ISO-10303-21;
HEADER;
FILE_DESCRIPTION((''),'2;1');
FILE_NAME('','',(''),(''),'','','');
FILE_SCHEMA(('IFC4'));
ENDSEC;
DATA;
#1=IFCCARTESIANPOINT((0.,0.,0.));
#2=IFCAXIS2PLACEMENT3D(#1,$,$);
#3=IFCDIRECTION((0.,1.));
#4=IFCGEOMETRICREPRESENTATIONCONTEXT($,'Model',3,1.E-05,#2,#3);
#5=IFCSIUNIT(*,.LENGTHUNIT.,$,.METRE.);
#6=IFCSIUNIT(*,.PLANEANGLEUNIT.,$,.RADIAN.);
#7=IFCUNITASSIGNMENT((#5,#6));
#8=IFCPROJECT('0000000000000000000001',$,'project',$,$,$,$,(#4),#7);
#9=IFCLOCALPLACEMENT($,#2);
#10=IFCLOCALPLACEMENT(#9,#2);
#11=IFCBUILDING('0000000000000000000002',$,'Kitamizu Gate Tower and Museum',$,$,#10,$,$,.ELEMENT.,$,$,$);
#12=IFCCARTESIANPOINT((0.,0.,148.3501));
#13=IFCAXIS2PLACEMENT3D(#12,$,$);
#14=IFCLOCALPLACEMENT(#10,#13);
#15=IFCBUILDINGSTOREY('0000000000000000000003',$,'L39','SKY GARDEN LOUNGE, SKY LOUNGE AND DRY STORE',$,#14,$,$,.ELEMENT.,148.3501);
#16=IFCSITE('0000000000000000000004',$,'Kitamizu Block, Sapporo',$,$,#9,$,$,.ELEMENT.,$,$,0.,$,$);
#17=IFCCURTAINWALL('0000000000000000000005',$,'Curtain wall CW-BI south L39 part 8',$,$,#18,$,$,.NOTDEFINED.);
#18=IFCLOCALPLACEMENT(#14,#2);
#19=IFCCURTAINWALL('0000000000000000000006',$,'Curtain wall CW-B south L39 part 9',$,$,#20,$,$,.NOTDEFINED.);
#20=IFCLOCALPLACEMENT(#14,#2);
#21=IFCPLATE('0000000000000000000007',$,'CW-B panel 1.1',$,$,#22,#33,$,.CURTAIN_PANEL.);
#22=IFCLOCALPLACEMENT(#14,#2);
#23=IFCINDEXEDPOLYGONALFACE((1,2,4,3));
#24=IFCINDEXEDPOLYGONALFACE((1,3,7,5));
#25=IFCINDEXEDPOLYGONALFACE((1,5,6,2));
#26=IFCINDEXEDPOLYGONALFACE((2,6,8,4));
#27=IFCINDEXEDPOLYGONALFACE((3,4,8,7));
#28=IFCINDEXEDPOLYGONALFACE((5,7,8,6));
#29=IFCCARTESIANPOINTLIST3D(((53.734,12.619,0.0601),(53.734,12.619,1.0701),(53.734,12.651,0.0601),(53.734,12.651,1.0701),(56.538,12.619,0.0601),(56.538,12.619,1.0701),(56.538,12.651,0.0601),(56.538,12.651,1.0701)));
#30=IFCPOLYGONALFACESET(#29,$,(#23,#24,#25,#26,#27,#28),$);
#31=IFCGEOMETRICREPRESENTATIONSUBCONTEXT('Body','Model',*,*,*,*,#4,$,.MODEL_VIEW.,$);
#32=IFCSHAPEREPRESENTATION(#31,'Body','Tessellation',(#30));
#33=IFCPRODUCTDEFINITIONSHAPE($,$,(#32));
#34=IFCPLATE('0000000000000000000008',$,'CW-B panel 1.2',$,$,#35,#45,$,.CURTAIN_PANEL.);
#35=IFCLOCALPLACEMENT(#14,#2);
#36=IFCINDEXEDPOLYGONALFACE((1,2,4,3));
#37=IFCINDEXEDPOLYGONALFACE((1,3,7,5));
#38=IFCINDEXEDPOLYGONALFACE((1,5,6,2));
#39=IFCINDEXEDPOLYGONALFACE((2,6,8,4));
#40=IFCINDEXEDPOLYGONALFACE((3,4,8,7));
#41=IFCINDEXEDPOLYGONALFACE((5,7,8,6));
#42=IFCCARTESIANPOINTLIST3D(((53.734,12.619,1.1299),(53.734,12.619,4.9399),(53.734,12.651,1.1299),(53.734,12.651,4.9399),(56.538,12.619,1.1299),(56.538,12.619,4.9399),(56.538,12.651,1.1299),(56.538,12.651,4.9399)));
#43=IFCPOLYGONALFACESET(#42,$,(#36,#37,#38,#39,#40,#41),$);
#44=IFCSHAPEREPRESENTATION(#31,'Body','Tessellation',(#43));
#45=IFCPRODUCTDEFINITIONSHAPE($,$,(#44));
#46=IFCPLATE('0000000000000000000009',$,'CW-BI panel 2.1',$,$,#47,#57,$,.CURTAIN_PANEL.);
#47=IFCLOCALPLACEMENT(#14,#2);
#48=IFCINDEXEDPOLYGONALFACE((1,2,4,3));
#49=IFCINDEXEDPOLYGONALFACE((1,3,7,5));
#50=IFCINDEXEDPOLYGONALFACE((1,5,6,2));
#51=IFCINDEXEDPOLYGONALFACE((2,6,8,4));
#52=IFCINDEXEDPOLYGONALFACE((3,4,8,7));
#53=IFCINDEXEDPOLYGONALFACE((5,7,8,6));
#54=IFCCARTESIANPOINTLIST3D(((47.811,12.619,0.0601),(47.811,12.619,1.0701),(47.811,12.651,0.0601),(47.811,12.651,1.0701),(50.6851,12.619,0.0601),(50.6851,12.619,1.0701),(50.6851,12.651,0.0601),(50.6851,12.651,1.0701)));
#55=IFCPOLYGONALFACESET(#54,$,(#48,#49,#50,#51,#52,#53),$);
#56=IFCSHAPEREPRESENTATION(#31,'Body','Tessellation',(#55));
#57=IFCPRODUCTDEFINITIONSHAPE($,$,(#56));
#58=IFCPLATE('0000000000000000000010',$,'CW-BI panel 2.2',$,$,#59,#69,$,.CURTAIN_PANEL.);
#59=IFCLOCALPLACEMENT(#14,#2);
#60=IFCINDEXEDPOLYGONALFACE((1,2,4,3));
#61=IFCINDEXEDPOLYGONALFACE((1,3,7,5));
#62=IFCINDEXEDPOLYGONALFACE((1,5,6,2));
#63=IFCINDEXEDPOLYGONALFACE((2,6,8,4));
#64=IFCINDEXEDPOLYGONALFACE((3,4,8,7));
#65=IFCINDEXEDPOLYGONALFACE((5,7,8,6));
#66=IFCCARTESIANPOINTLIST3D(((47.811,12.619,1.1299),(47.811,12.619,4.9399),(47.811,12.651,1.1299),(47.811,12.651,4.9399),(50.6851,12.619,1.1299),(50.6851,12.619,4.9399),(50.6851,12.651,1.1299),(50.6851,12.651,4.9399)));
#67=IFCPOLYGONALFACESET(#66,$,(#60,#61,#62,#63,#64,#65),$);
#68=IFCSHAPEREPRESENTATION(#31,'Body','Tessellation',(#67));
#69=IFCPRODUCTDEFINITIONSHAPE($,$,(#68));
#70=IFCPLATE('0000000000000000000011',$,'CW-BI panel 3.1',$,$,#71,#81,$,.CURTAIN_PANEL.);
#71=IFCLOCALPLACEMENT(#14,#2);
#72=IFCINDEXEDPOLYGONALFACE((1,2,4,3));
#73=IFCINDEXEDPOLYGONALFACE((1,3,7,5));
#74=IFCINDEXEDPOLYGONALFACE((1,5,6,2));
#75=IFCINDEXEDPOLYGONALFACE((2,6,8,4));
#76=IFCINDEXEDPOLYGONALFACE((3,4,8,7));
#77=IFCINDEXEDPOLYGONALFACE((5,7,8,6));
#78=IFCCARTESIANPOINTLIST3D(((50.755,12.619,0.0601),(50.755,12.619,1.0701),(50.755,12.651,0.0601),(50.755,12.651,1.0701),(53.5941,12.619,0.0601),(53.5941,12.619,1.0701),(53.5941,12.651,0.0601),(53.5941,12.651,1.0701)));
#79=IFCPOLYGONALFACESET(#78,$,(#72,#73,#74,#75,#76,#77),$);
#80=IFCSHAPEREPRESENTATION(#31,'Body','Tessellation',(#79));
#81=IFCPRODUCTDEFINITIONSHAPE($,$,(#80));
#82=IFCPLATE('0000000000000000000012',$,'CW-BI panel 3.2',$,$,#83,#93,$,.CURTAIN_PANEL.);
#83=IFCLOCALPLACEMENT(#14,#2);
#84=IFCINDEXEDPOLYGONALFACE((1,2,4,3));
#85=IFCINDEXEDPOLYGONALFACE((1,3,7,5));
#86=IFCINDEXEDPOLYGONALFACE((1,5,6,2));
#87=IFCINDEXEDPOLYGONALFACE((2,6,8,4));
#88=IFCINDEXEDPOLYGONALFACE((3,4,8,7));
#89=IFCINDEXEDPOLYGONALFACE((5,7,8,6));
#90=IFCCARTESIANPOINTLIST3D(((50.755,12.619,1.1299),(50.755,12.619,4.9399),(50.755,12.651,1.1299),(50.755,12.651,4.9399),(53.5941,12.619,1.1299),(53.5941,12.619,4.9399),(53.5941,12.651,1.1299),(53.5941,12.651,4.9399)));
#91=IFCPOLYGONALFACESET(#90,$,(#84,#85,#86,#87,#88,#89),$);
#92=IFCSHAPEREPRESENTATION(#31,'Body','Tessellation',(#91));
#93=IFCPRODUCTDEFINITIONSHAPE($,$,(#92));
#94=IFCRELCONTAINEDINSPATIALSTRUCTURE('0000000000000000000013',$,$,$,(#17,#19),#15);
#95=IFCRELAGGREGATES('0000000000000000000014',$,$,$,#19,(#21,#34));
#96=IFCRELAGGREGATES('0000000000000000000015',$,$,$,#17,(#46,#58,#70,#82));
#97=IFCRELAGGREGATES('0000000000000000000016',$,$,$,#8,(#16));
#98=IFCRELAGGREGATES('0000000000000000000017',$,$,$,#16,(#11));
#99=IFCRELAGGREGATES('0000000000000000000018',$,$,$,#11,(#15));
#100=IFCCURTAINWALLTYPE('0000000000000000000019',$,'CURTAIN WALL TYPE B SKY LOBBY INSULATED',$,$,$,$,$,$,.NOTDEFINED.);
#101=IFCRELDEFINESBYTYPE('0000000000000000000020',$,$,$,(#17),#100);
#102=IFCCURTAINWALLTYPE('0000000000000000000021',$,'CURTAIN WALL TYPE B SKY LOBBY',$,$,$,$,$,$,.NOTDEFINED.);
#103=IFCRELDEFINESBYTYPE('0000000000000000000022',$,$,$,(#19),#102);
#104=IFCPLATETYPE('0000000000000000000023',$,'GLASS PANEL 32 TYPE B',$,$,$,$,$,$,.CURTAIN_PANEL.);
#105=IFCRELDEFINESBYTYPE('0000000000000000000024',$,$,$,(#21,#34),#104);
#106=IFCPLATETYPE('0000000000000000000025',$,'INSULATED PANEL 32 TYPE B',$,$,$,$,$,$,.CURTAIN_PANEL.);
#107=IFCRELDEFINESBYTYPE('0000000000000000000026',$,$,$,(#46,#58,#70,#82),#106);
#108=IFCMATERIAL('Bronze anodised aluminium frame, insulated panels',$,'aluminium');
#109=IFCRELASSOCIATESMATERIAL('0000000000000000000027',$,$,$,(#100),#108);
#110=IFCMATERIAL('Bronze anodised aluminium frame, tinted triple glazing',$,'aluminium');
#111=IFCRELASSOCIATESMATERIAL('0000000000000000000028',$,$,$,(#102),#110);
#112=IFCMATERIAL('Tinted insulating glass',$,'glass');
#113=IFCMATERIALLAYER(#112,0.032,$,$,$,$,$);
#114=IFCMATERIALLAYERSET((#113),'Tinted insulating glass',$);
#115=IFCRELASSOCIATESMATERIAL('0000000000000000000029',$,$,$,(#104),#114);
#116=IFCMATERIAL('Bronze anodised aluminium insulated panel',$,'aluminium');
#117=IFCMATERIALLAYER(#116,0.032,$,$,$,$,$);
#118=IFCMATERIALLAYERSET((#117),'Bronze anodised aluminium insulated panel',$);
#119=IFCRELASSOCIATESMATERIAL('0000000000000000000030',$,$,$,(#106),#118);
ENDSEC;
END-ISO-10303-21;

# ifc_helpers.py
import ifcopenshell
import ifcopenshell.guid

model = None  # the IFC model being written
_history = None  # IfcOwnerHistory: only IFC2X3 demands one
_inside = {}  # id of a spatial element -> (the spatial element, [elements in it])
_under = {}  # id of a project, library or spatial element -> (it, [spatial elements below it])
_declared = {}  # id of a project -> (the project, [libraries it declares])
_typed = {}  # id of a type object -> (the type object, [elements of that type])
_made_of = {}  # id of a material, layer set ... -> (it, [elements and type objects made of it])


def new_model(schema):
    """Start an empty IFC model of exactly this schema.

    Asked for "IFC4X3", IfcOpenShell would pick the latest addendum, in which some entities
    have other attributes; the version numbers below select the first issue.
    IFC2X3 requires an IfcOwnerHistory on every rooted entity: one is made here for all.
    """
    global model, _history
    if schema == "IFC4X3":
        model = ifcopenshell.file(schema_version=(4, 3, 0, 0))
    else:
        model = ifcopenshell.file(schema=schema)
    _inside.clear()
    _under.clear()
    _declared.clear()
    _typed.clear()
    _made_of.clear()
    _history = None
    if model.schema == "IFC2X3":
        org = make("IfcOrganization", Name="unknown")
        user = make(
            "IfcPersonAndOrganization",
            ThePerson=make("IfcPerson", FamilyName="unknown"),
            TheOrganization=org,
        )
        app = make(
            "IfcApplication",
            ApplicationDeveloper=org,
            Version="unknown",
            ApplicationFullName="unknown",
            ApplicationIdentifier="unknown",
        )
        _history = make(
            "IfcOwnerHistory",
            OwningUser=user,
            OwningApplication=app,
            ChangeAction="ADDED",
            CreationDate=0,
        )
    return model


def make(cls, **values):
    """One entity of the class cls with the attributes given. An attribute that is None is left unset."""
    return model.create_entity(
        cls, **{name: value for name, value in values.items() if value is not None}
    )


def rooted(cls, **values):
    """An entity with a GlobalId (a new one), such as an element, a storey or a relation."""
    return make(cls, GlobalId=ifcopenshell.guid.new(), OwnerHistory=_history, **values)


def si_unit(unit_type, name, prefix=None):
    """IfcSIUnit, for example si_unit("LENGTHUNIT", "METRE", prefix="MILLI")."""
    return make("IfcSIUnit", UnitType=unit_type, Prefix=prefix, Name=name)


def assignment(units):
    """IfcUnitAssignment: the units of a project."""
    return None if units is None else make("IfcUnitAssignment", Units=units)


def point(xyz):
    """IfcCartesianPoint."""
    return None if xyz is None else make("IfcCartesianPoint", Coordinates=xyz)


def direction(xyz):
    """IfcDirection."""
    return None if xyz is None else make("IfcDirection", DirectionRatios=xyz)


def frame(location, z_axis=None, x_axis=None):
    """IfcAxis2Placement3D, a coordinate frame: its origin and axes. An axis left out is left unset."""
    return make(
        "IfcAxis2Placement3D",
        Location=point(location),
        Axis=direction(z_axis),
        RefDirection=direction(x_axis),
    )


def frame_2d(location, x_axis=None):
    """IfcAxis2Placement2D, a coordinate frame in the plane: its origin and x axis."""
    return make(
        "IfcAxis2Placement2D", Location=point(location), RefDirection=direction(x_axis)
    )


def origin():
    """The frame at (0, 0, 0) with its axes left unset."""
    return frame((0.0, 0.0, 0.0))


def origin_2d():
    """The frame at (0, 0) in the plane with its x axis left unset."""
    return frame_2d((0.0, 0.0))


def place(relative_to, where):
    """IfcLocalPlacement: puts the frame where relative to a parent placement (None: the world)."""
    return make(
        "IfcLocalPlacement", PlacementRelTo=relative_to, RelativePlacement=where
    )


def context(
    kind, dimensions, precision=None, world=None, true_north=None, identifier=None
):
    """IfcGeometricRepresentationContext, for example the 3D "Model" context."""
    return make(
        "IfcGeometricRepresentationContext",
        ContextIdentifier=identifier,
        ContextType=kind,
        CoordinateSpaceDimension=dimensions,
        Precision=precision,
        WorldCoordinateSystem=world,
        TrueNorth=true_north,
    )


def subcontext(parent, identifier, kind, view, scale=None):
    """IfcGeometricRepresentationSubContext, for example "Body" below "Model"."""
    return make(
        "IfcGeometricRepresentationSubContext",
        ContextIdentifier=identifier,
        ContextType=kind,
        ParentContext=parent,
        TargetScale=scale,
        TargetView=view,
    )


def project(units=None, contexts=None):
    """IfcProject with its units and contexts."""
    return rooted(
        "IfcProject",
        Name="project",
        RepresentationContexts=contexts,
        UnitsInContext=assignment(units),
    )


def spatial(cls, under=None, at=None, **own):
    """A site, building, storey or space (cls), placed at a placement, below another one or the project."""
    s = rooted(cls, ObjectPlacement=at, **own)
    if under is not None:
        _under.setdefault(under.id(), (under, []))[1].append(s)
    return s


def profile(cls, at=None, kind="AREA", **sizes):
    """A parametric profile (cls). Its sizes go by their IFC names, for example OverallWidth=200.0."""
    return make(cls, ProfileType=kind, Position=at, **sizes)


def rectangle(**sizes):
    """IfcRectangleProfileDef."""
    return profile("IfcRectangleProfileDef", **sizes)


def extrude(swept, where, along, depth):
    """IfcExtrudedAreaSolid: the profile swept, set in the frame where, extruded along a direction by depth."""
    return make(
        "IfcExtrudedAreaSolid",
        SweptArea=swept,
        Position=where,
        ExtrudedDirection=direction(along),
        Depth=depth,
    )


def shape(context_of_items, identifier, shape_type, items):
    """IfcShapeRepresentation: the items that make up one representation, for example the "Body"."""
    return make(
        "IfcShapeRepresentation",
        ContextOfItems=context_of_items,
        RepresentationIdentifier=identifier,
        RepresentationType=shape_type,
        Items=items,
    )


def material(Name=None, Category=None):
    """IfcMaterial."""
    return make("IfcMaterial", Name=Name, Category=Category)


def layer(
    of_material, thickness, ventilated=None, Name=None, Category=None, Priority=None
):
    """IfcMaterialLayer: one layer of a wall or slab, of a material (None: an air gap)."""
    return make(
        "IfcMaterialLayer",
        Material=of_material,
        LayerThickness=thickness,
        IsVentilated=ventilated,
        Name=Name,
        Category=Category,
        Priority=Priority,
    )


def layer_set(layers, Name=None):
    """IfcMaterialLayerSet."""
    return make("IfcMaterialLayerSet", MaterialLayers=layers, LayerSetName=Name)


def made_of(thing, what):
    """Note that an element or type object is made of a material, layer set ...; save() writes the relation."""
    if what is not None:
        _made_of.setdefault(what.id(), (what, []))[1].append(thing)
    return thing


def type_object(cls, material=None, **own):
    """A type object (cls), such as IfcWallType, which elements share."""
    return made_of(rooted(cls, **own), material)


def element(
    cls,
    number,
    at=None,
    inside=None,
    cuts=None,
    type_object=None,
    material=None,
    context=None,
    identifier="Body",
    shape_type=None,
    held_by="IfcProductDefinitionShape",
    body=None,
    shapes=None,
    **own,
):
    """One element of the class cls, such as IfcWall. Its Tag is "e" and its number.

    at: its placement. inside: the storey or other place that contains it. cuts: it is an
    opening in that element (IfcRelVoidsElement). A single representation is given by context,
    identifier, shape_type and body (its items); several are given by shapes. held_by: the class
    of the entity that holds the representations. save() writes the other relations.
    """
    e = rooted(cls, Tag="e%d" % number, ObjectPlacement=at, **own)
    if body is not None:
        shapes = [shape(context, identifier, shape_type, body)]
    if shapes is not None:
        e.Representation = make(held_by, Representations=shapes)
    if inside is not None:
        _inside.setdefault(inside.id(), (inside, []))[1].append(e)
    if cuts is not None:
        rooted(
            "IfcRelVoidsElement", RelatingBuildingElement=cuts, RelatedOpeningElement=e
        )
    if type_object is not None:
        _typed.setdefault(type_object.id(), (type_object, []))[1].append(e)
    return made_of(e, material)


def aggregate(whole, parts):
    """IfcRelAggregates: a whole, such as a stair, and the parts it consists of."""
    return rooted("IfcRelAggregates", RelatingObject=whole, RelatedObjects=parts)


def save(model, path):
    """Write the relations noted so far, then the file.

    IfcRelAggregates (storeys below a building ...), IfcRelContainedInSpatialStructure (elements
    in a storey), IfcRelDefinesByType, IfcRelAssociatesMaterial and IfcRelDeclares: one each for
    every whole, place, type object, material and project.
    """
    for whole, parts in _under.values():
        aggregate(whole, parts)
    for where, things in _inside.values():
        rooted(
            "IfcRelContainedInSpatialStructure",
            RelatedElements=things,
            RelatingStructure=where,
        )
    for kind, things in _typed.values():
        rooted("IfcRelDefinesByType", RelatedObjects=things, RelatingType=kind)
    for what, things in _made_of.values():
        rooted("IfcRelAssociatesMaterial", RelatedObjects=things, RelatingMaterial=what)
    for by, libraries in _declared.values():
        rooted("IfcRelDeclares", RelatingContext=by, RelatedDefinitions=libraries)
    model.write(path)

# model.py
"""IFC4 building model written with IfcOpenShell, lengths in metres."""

from ifc_helpers import new_model, si_unit, direction, frame, origin, origin_2d, place, context, subcontext, project, spatial, rectangle, extrude, material, layer, layer_set, type_object, element, aggregate, save


model = new_model("IFC4")

# Units and contexts
model_context = context("Model", 3, precision=1e-05, world=origin(), true_north=direction((0.0, 1.0)))
body_context = subcontext(model_context, "Body", "Model", "MODEL_VIEW")
ifc_project = project(units=[si_unit("LENGTHUNIT", "METRE"), si_unit("PLANEANGLEUNIT", "RADIAN")], contexts=[model_context])

# Site, building, storey
site_placement = place(None, origin())
site = spatial("IfcSite", under=ifc_project, at=site_placement, Name="Kitamizu Block, Sapporo", CompositionType="ELEMENT", RefElevation=0.0)
building_placement = place(site_placement, origin())
building = spatial("IfcBuilding", under=site, at=building_placement, Name="Kitamizu Gate Tower and Museum", CompositionType="ELEMENT")
storey_placement = place(building_placement, frame((0.0, 0.0, 148.3501)))
storey = spatial("IfcBuildingStorey", under=building, at=storey_placement, Name="L39", Description="SKY GARDEN LOUNGE, SKY LOUNGE AND DRY STORE", CompositionType="ELEMENT", Elevation=148.3501)

# Curtain walls
ifc_material_1 = material(Name="Bronze anodised aluminium frame, insulated panels", Category="aluminium")
curtain_wall_type_1 = type_object("IfcCurtainWallType", Name="CURTAIN WALL TYPE B SKY LOBBY INSULATED", PredefinedType="NOTDEFINED", material=ifc_material_1)
curtain_wall_1_placement = place(storey_placement, origin())
curtain_wall_1 = element("IfcCurtainWall", 1, at=curtain_wall_1_placement, inside=storey, type_object=curtain_wall_type_1, Name="Curtain wall CW-BI south L39 part 8", PredefinedType="NOTDEFINED")
ifc_material_2 = material(Name="Bronze anodised aluminium frame, tinted triple glazing", Category="aluminium")
curtain_wall_type_2 = type_object("IfcCurtainWallType", Name="CURTAIN WALL TYPE B SKY LOBBY", PredefinedType="NOTDEFINED", material=ifc_material_2)
curtain_wall_2_placement = place(storey_placement, origin())
curtain_wall_2 = element("IfcCurtainWall", 2, at=curtain_wall_2_placement, inside=storey, type_object=curtain_wall_type_2, Name="Curtain wall CW-B south L39 part 9", PredefinedType="NOTDEFINED")

# Plates
ifc_material_3 = material(Name="Tinted insulating glass", Category="glass")
ifc_layer_1 = layer(ifc_material_3, 0.032)
ifc_layer_set_1 = layer_set([ifc_layer_1], Name="Tinted insulating glass")
plate_type_1 = type_object("IfcPlateType", Name="GLASS PANEL 32 TYPE B", PredefinedType="CURTAIN_PANEL", material=ifc_layer_set_1)
plate_1_placement = place(storey_placement, frame((55.136, 12.635, 0.0601), z_axis=(0.0, 0.0, 1.0), x_axis=(1.0, 0.0, 0.0)))
plate_1 = element("IfcPlate", 3, at=plate_1_placement, type_object=plate_type_1, Name="CW-B panel 1.1", PredefinedType="CURTAIN_PANEL", context=body_context, shape_type="SweptSolid", body=[
    extrude(rectangle(XDim=2.804, YDim=0.032, at=origin_2d()), origin(), (0.0, 0.0, 1.0), 1.01),
])
plate_2_placement = place(storey_placement, frame((55.136, 12.635, 1.1299), z_axis=(0.0, 0.0, 1.0), x_axis=(1.0, 0.0, 0.0)))
plate_2 = element("IfcPlate", 4, at=plate_2_placement, type_object=plate_type_1, Name="CW-B panel 1.2", PredefinedType="CURTAIN_PANEL", context=body_context, shape_type="SweptSolid", body=[
    extrude(rectangle(XDim=2.804, YDim=0.032, at=origin_2d()), origin(), (0.0, 0.0, 1.0), 3.8101),
])
aggregate(curtain_wall_2, [plate_1, plate_2])
ifc_material_4 = material(Name="Bronze anodised aluminium insulated panel", Category="aluminium")
ifc_layer_2 = layer(ifc_material_4, 0.032)
ifc_layer_set_2 = layer_set([ifc_layer_2], Name="Bronze anodised aluminium insulated panel")
plate_type_2 = type_object("IfcPlateType", Name="INSULATED PANEL 32 TYPE B", PredefinedType="CURTAIN_PANEL", material=ifc_layer_set_2)
plate_3_placement = place(storey_placement, frame((49.248, 12.635, 0.0601), z_axis=(0.0, 0.0, 1.0), x_axis=(1.0, 0.0, 0.0)))
plate_3 = element("IfcPlate", 5, at=plate_3_placement, type_object=plate_type_2, Name="CW-BI panel 2.1", PredefinedType="CURTAIN_PANEL", context=body_context, shape_type="SweptSolid", body=[
    extrude(rectangle(XDim=2.874, YDim=0.032, at=origin_2d()), origin(), (0.0, 0.0, 1.0), 1.01),
])
plate_4_placement = place(storey_placement, frame((49.248, 12.635, 1.1299), z_axis=(0.0, 0.0, 1.0), x_axis=(1.0, 0.0, 0.0)))
plate_4 = element("IfcPlate", 6, at=plate_4_placement, type_object=plate_type_2, Name="CW-BI panel 2.2", PredefinedType="CURTAIN_PANEL", context=body_context, shape_type="SweptSolid", body=[
    extrude(rectangle(XDim=2.874, YDim=0.032, at=origin_2d()), origin(), (0.0, 0.0, 1.0), 3.8101),
])
plate_5_placement = place(storey_placement, frame((52.1746, 12.635, 0.0601), z_axis=(0.0, 0.0, 1.0), x_axis=(1.0, 0.0, 0.0)))
plate_5 = element("IfcPlate", 7, at=plate_5_placement, type_object=plate_type_2, Name="CW-BI panel 3.1", PredefinedType="CURTAIN_PANEL", context=body_context, shape_type="SweptSolid", body=[
    extrude(rectangle(XDim=2.8391, YDim=0.032, at=origin_2d()), origin(), (0.0, 0.0, 1.0), 1.01),
])
plate_6_placement = place(storey_placement, frame((52.1746, 12.635, 1.1299), z_axis=(0.0, 0.0, 1.0), x_axis=(1.0, 0.0, 0.0)))
plate_6 = element("IfcPlate", 8, at=plate_6_placement, type_object=plate_type_2, Name="CW-BI panel 3.2", PredefinedType="CURTAIN_PANEL", context=body_context, shape_type="SweptSolid", body=[
    extrude(rectangle(XDim=2.8391, YDim=0.032, at=origin_2d()), origin(), (0.0, 0.0, 1.0), 3.8101),
])
aggregate(curtain_wall_1, [plate_3, plate_4, plate_5, plate_6])

save(model, "model.ifc")
